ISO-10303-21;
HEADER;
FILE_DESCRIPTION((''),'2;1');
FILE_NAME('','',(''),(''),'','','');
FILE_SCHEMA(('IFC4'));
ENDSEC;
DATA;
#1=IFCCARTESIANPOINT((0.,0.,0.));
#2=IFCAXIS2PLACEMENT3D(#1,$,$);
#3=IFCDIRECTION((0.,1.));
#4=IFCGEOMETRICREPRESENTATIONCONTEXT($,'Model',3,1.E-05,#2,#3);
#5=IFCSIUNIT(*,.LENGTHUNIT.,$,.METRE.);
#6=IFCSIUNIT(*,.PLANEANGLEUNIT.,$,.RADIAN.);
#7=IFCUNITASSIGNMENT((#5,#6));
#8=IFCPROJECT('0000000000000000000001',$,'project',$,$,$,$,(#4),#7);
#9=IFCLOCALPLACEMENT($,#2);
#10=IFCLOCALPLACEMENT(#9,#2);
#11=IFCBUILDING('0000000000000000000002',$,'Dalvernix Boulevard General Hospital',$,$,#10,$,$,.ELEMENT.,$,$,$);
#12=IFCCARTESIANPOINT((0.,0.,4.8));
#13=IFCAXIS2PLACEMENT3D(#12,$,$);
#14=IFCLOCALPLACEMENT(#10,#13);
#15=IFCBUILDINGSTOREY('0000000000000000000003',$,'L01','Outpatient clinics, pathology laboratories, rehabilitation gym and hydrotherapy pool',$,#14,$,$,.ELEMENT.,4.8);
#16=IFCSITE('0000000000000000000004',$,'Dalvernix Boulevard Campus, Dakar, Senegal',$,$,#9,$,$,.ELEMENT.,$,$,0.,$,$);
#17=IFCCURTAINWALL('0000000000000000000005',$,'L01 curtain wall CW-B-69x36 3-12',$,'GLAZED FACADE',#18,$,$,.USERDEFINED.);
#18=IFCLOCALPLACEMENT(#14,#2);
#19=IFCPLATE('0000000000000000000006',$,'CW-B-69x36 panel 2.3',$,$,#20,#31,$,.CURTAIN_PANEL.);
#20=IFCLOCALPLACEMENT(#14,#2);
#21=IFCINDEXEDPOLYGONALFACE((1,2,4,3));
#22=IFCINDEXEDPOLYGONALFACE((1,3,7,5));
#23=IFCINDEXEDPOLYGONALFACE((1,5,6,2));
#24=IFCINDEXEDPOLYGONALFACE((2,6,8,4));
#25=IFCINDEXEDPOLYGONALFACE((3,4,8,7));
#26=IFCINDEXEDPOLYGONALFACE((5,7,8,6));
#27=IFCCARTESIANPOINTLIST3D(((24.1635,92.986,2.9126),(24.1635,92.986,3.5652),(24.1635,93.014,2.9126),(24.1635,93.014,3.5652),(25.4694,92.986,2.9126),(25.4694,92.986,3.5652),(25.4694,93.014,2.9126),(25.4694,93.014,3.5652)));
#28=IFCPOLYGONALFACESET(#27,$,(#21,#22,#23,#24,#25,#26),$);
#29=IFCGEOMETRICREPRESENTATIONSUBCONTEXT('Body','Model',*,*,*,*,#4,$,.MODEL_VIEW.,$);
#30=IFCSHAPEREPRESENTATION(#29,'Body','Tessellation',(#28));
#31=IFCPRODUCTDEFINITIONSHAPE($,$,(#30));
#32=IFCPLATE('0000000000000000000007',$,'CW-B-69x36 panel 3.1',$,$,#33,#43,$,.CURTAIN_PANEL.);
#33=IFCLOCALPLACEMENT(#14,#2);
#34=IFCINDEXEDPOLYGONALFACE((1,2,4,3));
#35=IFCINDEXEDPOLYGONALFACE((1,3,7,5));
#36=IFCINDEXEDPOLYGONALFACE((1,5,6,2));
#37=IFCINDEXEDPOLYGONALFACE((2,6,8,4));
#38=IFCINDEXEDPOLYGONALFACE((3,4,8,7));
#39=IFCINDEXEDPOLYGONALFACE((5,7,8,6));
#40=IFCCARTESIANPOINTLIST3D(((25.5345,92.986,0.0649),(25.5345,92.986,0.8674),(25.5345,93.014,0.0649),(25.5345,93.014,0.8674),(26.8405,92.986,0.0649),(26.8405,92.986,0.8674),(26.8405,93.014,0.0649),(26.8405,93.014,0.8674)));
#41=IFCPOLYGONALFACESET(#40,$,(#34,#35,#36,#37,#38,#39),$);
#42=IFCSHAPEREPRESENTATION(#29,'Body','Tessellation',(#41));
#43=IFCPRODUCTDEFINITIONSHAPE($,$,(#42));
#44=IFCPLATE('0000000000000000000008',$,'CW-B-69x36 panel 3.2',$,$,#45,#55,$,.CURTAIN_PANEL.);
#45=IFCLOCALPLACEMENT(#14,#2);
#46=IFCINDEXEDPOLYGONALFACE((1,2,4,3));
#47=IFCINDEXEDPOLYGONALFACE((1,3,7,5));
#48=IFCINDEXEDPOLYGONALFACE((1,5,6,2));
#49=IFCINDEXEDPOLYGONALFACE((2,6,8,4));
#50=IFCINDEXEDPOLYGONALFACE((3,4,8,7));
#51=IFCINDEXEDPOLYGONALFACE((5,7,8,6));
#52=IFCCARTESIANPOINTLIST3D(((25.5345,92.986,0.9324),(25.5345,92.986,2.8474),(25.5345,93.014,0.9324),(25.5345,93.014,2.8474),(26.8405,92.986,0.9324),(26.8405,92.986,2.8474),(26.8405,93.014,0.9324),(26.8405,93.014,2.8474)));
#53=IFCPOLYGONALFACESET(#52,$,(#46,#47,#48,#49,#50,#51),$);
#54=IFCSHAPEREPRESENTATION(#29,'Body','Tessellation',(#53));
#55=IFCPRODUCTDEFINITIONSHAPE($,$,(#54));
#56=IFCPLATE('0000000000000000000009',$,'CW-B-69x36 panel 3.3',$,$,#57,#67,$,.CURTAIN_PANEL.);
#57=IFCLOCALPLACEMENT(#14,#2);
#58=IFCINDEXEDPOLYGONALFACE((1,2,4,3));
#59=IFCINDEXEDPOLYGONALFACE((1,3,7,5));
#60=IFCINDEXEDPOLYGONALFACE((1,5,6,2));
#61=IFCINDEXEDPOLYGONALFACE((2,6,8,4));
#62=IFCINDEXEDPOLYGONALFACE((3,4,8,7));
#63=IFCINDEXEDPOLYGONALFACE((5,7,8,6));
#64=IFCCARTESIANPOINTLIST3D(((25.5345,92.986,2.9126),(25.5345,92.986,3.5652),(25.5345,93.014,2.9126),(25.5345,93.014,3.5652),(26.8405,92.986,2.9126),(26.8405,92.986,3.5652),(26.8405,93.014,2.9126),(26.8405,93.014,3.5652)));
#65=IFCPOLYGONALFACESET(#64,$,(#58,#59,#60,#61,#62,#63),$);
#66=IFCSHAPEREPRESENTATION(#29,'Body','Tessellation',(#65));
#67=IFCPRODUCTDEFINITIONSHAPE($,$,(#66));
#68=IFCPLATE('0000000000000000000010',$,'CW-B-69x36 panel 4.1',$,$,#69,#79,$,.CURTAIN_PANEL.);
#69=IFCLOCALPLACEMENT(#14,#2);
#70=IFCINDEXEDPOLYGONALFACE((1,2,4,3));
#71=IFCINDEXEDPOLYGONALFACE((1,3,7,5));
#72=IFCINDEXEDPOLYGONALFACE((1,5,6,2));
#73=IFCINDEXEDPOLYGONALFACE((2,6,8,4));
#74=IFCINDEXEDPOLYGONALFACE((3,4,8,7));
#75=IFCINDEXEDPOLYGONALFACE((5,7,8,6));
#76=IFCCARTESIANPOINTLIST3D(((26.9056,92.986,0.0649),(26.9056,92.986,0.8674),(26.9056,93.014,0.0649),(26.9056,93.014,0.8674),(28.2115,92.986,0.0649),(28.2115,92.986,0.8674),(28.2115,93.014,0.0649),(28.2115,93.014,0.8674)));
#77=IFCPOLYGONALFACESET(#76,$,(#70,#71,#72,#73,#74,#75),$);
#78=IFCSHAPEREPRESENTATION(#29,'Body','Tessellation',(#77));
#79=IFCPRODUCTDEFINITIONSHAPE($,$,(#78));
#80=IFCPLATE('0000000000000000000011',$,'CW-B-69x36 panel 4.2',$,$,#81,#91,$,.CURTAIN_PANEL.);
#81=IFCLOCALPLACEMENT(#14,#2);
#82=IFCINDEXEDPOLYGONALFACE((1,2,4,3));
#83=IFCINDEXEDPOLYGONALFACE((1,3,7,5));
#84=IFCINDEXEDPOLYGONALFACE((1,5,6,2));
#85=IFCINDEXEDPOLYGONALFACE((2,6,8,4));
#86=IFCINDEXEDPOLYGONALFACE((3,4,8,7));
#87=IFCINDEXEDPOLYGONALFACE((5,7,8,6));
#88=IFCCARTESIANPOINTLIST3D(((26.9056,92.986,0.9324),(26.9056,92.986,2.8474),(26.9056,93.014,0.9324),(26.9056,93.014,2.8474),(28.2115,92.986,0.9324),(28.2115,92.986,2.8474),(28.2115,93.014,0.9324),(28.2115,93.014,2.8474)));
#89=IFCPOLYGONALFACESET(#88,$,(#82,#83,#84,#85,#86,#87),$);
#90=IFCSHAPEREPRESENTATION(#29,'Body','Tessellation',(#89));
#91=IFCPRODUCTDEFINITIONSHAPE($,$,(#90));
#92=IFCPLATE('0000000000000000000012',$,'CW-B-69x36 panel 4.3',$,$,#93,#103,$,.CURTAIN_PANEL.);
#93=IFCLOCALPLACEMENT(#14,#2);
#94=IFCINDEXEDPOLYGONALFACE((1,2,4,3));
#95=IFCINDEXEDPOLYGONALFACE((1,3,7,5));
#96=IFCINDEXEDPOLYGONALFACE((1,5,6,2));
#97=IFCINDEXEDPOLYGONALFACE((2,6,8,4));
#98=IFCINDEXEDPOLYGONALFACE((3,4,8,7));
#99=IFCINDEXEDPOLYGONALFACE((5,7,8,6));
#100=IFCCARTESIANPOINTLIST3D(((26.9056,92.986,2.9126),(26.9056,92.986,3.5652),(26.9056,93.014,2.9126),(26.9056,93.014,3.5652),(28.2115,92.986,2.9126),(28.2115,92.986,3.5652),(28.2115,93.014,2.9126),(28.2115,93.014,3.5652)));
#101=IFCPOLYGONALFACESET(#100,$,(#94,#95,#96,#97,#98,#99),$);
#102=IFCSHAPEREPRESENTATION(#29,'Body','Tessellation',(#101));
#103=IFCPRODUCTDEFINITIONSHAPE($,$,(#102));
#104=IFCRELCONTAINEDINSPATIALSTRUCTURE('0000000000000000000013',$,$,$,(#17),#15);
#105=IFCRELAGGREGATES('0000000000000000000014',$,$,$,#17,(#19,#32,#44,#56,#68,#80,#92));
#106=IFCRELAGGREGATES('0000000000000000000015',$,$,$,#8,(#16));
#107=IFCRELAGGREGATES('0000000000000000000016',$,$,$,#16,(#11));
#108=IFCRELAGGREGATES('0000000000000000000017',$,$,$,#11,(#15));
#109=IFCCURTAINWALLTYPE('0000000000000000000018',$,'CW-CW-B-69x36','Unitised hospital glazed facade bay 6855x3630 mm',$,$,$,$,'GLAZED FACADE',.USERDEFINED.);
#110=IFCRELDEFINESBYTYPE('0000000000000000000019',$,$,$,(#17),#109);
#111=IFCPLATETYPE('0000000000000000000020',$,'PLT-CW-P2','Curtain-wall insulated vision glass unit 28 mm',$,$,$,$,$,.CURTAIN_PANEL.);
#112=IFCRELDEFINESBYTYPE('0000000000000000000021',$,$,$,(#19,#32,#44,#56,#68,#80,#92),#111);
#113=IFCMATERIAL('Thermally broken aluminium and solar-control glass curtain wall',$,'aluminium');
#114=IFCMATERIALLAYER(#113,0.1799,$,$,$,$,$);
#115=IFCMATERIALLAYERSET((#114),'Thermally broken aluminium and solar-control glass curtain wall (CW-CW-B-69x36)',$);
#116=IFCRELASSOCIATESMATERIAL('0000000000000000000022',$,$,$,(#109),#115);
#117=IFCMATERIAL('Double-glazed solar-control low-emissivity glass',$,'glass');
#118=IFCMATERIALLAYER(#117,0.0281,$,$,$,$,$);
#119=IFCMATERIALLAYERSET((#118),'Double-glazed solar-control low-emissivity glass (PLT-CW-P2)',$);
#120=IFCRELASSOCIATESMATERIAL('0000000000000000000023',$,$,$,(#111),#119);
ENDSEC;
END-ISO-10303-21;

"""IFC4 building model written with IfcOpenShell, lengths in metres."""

from ifc_helpers import new_model, si_unit, direction, frame, origin, origin_2d, place, context, subcontext, project, spatial, rectangle, extrude, material, layer, layer_set, type_object, element, aggregate, save


model = new_model("IFC4")

# Units and contexts
model_context = context("Model", 3, precision=1e-05, world=origin(), true_north=direction((0.0, 1.0)))
body_context = subcontext(model_context, "Body", "Model", "MODEL_VIEW")
ifc_project = project(units=[si_unit("LENGTHUNIT", "METRE"), si_unit("PLANEANGLEUNIT", "RADIAN")], contexts=[model_context])

# Site, building, storey
site_placement = place(None, origin())
site = spatial("IfcSite", under=ifc_project, at=site_placement, Name="Dalvernix Boulevard Campus, Dakar, Senegal", CompositionType="ELEMENT", RefElevation=0.0)
building_placement = place(site_placement, origin())
building = spatial("IfcBuilding", under=site, at=building_placement, Name="Dalvernix Boulevard General Hospital", CompositionType="ELEMENT")
storey_placement = place(building_placement, frame((0.0, 0.0, 4.8)))
storey = spatial("IfcBuildingStorey", under=building, at=storey_placement, Name="L01", Description="Outpatient clinics, pathology laboratories, rehabilitation gym and hydrotherapy pool", CompositionType="ELEMENT", Elevation=4.8)

# Curtain wall, plates
ifc_material_1 = material(Name="Thermally broken aluminium and solar-control glass curtain wall", Category="aluminium")
ifc_layer_1 = layer(ifc_material_1, 0.1799)
ifc_layer_set_1 = layer_set([ifc_layer_1], Name="Thermally broken aluminium and solar-control glass curtain wall (CW-CW-B-69x36)")
curtain_wall_type = type_object("IfcCurtainWallType", Name="CW-CW-B-69x36", Description="Unitised hospital glazed facade bay 6855x3630 mm", ElementType="GLAZED FACADE", PredefinedType="USERDEFINED", material=ifc_layer_set_1)
curtain_wall_placement = place(storey_placement, origin())
curtain_wall = element("IfcCurtainWall", 1, at=curtain_wall_placement, inside=storey, type_object=curtain_wall_type, Name="L01 curtain wall CW-B-69x36 3-12", ObjectType="GLAZED FACADE", PredefinedType="USERDEFINED")
ifc_material_2 = material(Name="Double-glazed solar-control low-emissivity glass", Category="glass")
ifc_layer_2 = layer(ifc_material_2, 0.0281)
ifc_layer_set_2 = layer_set([ifc_layer_2], Name="Double-glazed solar-control low-emissivity glass (PLT-CW-P2)")
plate_type = type_object("IfcPlateType", Name="PLT-CW-P2", Description="Curtain-wall insulated vision glass unit 28 mm", PredefinedType="CURTAIN_PANEL", material=ifc_layer_set_2)
plate_1_placement = place(storey_placement, frame((24.8164, 93.0, 2.9126), z_axis=(0.0, 0.0, 1.0), x_axis=(1.0, 0.0, 0.0)))
plate_1 = element("IfcPlate", 2, at=plate_1_placement, type_object=plate_type, Name="CW-B-69x36 panel 2.3", PredefinedType="CURTAIN_PANEL", context=body_context, shape_type="SweptSolid", body=[
    extrude(rectangle(XDim=1.3059, YDim=0.0281, at=origin_2d()), origin(), (0.0, 0.0, 1.0), 0.6526),
])
plate_2_placement = place(storey_placement, frame((26.1875, 93.0, 0.0649), z_axis=(0.0, 0.0, 1.0), x_axis=(1.0, 0.0, 0.0)))
plate_2 = element("IfcPlate", 3, at=plate_2_placement, type_object=plate_type, Name="CW-B-69x36 panel 3.1", PredefinedType="CURTAIN_PANEL", context=body_context, shape_type="SweptSolid", body=[
    extrude(rectangle(XDim=1.3059, YDim=0.0281, at=origin_2d()), origin(), (0.0, 0.0, 1.0), 0.8025),
])
plate_3_placement = place(storey_placement, frame((26.1875, 93.0, 0.9324), z_axis=(0.0, 0.0, 1.0), x_axis=(1.0, 0.0, 0.0)))
plate_3 = element("IfcPlate", 4, at=plate_3_placement, type_object=plate_type, Name="CW-B-69x36 panel 3.2", PredefinedType="CURTAIN_PANEL", context=body_context, shape_type="SweptSolid", body=[
    extrude(rectangle(XDim=1.3059, YDim=0.0281, at=origin_2d()), origin(), (0.0, 0.0, 1.0), 1.915),
])
plate_4_placement = place(storey_placement, frame((26.1875, 93.0, 2.9126), z_axis=(0.0, 0.0, 1.0), x_axis=(1.0, 0.0, 0.0)))
plate_4 = element("IfcPlate", 5, at=plate_4_placement, type_object=plate_type, Name="CW-B-69x36 panel 3.3", PredefinedType="CURTAIN_PANEL", context=body_context, shape_type="SweptSolid", body=[
    extrude(rectangle(XDim=1.3059, YDim=0.0281, at=origin_2d()), origin(), (0.0, 0.0, 1.0), 0.6526),
])
plate_5_placement = place(storey_placement, frame((27.5586, 93.0, 0.0649), z_axis=(0.0, 0.0, 1.0), x_axis=(1.0, 0.0, 0.0)))
plate_5 = element("IfcPlate", 6, at=plate_5_placement, type_object=plate_type, Name="CW-B-69x36 panel 4.1", PredefinedType="CURTAIN_PANEL", context=body_context, shape_type="SweptSolid", body=[
    extrude(rectangle(XDim=1.3059, YDim=0.0281, at=origin_2d()), origin(), (0.0, 0.0, 1.0), 0.8025),
])
plate_6_placement = place(storey_placement, frame((27.5586, 93.0, 0.9324), z_axis=(0.0, 0.0, 1.0), x_axis=(1.0, 0.0, 0.0)))
plate_6 = element("IfcPlate", 7, at=plate_6_placement, type_object=plate_type, Name="CW-B-69x36 panel 4.2", PredefinedType="CURTAIN_PANEL", context=body_context, shape_type="SweptSolid", body=[
    extrude(rectangle(XDim=1.3059, YDim=0.0281, at=origin_2d()), origin(), (0.0, 0.0, 1.0), 1.915),
])
plate_7_placement = place(storey_placement, frame((27.5586, 93.0, 2.9126), z_axis=(0.0, 0.0, 1.0), x_axis=(1.0, 0.0, 0.0)))
plate_7 = element("IfcPlate", 8, at=plate_7_placement, type_object=plate_type, Name="CW-B-69x36 panel 4.3", PredefinedType="CURTAIN_PANEL", context=body_context, shape_type="SweptSolid", body=[
    extrude(rectangle(XDim=1.3059, YDim=0.0281, at=origin_2d()), origin(), (0.0, 0.0, 1.0), 0.6526),
])
aggregate(curtain_wall, [plate_1, plate_2, plate_3, plate_4, plate_5, plate_6, plate_7])

save(model, "model.ifc")
